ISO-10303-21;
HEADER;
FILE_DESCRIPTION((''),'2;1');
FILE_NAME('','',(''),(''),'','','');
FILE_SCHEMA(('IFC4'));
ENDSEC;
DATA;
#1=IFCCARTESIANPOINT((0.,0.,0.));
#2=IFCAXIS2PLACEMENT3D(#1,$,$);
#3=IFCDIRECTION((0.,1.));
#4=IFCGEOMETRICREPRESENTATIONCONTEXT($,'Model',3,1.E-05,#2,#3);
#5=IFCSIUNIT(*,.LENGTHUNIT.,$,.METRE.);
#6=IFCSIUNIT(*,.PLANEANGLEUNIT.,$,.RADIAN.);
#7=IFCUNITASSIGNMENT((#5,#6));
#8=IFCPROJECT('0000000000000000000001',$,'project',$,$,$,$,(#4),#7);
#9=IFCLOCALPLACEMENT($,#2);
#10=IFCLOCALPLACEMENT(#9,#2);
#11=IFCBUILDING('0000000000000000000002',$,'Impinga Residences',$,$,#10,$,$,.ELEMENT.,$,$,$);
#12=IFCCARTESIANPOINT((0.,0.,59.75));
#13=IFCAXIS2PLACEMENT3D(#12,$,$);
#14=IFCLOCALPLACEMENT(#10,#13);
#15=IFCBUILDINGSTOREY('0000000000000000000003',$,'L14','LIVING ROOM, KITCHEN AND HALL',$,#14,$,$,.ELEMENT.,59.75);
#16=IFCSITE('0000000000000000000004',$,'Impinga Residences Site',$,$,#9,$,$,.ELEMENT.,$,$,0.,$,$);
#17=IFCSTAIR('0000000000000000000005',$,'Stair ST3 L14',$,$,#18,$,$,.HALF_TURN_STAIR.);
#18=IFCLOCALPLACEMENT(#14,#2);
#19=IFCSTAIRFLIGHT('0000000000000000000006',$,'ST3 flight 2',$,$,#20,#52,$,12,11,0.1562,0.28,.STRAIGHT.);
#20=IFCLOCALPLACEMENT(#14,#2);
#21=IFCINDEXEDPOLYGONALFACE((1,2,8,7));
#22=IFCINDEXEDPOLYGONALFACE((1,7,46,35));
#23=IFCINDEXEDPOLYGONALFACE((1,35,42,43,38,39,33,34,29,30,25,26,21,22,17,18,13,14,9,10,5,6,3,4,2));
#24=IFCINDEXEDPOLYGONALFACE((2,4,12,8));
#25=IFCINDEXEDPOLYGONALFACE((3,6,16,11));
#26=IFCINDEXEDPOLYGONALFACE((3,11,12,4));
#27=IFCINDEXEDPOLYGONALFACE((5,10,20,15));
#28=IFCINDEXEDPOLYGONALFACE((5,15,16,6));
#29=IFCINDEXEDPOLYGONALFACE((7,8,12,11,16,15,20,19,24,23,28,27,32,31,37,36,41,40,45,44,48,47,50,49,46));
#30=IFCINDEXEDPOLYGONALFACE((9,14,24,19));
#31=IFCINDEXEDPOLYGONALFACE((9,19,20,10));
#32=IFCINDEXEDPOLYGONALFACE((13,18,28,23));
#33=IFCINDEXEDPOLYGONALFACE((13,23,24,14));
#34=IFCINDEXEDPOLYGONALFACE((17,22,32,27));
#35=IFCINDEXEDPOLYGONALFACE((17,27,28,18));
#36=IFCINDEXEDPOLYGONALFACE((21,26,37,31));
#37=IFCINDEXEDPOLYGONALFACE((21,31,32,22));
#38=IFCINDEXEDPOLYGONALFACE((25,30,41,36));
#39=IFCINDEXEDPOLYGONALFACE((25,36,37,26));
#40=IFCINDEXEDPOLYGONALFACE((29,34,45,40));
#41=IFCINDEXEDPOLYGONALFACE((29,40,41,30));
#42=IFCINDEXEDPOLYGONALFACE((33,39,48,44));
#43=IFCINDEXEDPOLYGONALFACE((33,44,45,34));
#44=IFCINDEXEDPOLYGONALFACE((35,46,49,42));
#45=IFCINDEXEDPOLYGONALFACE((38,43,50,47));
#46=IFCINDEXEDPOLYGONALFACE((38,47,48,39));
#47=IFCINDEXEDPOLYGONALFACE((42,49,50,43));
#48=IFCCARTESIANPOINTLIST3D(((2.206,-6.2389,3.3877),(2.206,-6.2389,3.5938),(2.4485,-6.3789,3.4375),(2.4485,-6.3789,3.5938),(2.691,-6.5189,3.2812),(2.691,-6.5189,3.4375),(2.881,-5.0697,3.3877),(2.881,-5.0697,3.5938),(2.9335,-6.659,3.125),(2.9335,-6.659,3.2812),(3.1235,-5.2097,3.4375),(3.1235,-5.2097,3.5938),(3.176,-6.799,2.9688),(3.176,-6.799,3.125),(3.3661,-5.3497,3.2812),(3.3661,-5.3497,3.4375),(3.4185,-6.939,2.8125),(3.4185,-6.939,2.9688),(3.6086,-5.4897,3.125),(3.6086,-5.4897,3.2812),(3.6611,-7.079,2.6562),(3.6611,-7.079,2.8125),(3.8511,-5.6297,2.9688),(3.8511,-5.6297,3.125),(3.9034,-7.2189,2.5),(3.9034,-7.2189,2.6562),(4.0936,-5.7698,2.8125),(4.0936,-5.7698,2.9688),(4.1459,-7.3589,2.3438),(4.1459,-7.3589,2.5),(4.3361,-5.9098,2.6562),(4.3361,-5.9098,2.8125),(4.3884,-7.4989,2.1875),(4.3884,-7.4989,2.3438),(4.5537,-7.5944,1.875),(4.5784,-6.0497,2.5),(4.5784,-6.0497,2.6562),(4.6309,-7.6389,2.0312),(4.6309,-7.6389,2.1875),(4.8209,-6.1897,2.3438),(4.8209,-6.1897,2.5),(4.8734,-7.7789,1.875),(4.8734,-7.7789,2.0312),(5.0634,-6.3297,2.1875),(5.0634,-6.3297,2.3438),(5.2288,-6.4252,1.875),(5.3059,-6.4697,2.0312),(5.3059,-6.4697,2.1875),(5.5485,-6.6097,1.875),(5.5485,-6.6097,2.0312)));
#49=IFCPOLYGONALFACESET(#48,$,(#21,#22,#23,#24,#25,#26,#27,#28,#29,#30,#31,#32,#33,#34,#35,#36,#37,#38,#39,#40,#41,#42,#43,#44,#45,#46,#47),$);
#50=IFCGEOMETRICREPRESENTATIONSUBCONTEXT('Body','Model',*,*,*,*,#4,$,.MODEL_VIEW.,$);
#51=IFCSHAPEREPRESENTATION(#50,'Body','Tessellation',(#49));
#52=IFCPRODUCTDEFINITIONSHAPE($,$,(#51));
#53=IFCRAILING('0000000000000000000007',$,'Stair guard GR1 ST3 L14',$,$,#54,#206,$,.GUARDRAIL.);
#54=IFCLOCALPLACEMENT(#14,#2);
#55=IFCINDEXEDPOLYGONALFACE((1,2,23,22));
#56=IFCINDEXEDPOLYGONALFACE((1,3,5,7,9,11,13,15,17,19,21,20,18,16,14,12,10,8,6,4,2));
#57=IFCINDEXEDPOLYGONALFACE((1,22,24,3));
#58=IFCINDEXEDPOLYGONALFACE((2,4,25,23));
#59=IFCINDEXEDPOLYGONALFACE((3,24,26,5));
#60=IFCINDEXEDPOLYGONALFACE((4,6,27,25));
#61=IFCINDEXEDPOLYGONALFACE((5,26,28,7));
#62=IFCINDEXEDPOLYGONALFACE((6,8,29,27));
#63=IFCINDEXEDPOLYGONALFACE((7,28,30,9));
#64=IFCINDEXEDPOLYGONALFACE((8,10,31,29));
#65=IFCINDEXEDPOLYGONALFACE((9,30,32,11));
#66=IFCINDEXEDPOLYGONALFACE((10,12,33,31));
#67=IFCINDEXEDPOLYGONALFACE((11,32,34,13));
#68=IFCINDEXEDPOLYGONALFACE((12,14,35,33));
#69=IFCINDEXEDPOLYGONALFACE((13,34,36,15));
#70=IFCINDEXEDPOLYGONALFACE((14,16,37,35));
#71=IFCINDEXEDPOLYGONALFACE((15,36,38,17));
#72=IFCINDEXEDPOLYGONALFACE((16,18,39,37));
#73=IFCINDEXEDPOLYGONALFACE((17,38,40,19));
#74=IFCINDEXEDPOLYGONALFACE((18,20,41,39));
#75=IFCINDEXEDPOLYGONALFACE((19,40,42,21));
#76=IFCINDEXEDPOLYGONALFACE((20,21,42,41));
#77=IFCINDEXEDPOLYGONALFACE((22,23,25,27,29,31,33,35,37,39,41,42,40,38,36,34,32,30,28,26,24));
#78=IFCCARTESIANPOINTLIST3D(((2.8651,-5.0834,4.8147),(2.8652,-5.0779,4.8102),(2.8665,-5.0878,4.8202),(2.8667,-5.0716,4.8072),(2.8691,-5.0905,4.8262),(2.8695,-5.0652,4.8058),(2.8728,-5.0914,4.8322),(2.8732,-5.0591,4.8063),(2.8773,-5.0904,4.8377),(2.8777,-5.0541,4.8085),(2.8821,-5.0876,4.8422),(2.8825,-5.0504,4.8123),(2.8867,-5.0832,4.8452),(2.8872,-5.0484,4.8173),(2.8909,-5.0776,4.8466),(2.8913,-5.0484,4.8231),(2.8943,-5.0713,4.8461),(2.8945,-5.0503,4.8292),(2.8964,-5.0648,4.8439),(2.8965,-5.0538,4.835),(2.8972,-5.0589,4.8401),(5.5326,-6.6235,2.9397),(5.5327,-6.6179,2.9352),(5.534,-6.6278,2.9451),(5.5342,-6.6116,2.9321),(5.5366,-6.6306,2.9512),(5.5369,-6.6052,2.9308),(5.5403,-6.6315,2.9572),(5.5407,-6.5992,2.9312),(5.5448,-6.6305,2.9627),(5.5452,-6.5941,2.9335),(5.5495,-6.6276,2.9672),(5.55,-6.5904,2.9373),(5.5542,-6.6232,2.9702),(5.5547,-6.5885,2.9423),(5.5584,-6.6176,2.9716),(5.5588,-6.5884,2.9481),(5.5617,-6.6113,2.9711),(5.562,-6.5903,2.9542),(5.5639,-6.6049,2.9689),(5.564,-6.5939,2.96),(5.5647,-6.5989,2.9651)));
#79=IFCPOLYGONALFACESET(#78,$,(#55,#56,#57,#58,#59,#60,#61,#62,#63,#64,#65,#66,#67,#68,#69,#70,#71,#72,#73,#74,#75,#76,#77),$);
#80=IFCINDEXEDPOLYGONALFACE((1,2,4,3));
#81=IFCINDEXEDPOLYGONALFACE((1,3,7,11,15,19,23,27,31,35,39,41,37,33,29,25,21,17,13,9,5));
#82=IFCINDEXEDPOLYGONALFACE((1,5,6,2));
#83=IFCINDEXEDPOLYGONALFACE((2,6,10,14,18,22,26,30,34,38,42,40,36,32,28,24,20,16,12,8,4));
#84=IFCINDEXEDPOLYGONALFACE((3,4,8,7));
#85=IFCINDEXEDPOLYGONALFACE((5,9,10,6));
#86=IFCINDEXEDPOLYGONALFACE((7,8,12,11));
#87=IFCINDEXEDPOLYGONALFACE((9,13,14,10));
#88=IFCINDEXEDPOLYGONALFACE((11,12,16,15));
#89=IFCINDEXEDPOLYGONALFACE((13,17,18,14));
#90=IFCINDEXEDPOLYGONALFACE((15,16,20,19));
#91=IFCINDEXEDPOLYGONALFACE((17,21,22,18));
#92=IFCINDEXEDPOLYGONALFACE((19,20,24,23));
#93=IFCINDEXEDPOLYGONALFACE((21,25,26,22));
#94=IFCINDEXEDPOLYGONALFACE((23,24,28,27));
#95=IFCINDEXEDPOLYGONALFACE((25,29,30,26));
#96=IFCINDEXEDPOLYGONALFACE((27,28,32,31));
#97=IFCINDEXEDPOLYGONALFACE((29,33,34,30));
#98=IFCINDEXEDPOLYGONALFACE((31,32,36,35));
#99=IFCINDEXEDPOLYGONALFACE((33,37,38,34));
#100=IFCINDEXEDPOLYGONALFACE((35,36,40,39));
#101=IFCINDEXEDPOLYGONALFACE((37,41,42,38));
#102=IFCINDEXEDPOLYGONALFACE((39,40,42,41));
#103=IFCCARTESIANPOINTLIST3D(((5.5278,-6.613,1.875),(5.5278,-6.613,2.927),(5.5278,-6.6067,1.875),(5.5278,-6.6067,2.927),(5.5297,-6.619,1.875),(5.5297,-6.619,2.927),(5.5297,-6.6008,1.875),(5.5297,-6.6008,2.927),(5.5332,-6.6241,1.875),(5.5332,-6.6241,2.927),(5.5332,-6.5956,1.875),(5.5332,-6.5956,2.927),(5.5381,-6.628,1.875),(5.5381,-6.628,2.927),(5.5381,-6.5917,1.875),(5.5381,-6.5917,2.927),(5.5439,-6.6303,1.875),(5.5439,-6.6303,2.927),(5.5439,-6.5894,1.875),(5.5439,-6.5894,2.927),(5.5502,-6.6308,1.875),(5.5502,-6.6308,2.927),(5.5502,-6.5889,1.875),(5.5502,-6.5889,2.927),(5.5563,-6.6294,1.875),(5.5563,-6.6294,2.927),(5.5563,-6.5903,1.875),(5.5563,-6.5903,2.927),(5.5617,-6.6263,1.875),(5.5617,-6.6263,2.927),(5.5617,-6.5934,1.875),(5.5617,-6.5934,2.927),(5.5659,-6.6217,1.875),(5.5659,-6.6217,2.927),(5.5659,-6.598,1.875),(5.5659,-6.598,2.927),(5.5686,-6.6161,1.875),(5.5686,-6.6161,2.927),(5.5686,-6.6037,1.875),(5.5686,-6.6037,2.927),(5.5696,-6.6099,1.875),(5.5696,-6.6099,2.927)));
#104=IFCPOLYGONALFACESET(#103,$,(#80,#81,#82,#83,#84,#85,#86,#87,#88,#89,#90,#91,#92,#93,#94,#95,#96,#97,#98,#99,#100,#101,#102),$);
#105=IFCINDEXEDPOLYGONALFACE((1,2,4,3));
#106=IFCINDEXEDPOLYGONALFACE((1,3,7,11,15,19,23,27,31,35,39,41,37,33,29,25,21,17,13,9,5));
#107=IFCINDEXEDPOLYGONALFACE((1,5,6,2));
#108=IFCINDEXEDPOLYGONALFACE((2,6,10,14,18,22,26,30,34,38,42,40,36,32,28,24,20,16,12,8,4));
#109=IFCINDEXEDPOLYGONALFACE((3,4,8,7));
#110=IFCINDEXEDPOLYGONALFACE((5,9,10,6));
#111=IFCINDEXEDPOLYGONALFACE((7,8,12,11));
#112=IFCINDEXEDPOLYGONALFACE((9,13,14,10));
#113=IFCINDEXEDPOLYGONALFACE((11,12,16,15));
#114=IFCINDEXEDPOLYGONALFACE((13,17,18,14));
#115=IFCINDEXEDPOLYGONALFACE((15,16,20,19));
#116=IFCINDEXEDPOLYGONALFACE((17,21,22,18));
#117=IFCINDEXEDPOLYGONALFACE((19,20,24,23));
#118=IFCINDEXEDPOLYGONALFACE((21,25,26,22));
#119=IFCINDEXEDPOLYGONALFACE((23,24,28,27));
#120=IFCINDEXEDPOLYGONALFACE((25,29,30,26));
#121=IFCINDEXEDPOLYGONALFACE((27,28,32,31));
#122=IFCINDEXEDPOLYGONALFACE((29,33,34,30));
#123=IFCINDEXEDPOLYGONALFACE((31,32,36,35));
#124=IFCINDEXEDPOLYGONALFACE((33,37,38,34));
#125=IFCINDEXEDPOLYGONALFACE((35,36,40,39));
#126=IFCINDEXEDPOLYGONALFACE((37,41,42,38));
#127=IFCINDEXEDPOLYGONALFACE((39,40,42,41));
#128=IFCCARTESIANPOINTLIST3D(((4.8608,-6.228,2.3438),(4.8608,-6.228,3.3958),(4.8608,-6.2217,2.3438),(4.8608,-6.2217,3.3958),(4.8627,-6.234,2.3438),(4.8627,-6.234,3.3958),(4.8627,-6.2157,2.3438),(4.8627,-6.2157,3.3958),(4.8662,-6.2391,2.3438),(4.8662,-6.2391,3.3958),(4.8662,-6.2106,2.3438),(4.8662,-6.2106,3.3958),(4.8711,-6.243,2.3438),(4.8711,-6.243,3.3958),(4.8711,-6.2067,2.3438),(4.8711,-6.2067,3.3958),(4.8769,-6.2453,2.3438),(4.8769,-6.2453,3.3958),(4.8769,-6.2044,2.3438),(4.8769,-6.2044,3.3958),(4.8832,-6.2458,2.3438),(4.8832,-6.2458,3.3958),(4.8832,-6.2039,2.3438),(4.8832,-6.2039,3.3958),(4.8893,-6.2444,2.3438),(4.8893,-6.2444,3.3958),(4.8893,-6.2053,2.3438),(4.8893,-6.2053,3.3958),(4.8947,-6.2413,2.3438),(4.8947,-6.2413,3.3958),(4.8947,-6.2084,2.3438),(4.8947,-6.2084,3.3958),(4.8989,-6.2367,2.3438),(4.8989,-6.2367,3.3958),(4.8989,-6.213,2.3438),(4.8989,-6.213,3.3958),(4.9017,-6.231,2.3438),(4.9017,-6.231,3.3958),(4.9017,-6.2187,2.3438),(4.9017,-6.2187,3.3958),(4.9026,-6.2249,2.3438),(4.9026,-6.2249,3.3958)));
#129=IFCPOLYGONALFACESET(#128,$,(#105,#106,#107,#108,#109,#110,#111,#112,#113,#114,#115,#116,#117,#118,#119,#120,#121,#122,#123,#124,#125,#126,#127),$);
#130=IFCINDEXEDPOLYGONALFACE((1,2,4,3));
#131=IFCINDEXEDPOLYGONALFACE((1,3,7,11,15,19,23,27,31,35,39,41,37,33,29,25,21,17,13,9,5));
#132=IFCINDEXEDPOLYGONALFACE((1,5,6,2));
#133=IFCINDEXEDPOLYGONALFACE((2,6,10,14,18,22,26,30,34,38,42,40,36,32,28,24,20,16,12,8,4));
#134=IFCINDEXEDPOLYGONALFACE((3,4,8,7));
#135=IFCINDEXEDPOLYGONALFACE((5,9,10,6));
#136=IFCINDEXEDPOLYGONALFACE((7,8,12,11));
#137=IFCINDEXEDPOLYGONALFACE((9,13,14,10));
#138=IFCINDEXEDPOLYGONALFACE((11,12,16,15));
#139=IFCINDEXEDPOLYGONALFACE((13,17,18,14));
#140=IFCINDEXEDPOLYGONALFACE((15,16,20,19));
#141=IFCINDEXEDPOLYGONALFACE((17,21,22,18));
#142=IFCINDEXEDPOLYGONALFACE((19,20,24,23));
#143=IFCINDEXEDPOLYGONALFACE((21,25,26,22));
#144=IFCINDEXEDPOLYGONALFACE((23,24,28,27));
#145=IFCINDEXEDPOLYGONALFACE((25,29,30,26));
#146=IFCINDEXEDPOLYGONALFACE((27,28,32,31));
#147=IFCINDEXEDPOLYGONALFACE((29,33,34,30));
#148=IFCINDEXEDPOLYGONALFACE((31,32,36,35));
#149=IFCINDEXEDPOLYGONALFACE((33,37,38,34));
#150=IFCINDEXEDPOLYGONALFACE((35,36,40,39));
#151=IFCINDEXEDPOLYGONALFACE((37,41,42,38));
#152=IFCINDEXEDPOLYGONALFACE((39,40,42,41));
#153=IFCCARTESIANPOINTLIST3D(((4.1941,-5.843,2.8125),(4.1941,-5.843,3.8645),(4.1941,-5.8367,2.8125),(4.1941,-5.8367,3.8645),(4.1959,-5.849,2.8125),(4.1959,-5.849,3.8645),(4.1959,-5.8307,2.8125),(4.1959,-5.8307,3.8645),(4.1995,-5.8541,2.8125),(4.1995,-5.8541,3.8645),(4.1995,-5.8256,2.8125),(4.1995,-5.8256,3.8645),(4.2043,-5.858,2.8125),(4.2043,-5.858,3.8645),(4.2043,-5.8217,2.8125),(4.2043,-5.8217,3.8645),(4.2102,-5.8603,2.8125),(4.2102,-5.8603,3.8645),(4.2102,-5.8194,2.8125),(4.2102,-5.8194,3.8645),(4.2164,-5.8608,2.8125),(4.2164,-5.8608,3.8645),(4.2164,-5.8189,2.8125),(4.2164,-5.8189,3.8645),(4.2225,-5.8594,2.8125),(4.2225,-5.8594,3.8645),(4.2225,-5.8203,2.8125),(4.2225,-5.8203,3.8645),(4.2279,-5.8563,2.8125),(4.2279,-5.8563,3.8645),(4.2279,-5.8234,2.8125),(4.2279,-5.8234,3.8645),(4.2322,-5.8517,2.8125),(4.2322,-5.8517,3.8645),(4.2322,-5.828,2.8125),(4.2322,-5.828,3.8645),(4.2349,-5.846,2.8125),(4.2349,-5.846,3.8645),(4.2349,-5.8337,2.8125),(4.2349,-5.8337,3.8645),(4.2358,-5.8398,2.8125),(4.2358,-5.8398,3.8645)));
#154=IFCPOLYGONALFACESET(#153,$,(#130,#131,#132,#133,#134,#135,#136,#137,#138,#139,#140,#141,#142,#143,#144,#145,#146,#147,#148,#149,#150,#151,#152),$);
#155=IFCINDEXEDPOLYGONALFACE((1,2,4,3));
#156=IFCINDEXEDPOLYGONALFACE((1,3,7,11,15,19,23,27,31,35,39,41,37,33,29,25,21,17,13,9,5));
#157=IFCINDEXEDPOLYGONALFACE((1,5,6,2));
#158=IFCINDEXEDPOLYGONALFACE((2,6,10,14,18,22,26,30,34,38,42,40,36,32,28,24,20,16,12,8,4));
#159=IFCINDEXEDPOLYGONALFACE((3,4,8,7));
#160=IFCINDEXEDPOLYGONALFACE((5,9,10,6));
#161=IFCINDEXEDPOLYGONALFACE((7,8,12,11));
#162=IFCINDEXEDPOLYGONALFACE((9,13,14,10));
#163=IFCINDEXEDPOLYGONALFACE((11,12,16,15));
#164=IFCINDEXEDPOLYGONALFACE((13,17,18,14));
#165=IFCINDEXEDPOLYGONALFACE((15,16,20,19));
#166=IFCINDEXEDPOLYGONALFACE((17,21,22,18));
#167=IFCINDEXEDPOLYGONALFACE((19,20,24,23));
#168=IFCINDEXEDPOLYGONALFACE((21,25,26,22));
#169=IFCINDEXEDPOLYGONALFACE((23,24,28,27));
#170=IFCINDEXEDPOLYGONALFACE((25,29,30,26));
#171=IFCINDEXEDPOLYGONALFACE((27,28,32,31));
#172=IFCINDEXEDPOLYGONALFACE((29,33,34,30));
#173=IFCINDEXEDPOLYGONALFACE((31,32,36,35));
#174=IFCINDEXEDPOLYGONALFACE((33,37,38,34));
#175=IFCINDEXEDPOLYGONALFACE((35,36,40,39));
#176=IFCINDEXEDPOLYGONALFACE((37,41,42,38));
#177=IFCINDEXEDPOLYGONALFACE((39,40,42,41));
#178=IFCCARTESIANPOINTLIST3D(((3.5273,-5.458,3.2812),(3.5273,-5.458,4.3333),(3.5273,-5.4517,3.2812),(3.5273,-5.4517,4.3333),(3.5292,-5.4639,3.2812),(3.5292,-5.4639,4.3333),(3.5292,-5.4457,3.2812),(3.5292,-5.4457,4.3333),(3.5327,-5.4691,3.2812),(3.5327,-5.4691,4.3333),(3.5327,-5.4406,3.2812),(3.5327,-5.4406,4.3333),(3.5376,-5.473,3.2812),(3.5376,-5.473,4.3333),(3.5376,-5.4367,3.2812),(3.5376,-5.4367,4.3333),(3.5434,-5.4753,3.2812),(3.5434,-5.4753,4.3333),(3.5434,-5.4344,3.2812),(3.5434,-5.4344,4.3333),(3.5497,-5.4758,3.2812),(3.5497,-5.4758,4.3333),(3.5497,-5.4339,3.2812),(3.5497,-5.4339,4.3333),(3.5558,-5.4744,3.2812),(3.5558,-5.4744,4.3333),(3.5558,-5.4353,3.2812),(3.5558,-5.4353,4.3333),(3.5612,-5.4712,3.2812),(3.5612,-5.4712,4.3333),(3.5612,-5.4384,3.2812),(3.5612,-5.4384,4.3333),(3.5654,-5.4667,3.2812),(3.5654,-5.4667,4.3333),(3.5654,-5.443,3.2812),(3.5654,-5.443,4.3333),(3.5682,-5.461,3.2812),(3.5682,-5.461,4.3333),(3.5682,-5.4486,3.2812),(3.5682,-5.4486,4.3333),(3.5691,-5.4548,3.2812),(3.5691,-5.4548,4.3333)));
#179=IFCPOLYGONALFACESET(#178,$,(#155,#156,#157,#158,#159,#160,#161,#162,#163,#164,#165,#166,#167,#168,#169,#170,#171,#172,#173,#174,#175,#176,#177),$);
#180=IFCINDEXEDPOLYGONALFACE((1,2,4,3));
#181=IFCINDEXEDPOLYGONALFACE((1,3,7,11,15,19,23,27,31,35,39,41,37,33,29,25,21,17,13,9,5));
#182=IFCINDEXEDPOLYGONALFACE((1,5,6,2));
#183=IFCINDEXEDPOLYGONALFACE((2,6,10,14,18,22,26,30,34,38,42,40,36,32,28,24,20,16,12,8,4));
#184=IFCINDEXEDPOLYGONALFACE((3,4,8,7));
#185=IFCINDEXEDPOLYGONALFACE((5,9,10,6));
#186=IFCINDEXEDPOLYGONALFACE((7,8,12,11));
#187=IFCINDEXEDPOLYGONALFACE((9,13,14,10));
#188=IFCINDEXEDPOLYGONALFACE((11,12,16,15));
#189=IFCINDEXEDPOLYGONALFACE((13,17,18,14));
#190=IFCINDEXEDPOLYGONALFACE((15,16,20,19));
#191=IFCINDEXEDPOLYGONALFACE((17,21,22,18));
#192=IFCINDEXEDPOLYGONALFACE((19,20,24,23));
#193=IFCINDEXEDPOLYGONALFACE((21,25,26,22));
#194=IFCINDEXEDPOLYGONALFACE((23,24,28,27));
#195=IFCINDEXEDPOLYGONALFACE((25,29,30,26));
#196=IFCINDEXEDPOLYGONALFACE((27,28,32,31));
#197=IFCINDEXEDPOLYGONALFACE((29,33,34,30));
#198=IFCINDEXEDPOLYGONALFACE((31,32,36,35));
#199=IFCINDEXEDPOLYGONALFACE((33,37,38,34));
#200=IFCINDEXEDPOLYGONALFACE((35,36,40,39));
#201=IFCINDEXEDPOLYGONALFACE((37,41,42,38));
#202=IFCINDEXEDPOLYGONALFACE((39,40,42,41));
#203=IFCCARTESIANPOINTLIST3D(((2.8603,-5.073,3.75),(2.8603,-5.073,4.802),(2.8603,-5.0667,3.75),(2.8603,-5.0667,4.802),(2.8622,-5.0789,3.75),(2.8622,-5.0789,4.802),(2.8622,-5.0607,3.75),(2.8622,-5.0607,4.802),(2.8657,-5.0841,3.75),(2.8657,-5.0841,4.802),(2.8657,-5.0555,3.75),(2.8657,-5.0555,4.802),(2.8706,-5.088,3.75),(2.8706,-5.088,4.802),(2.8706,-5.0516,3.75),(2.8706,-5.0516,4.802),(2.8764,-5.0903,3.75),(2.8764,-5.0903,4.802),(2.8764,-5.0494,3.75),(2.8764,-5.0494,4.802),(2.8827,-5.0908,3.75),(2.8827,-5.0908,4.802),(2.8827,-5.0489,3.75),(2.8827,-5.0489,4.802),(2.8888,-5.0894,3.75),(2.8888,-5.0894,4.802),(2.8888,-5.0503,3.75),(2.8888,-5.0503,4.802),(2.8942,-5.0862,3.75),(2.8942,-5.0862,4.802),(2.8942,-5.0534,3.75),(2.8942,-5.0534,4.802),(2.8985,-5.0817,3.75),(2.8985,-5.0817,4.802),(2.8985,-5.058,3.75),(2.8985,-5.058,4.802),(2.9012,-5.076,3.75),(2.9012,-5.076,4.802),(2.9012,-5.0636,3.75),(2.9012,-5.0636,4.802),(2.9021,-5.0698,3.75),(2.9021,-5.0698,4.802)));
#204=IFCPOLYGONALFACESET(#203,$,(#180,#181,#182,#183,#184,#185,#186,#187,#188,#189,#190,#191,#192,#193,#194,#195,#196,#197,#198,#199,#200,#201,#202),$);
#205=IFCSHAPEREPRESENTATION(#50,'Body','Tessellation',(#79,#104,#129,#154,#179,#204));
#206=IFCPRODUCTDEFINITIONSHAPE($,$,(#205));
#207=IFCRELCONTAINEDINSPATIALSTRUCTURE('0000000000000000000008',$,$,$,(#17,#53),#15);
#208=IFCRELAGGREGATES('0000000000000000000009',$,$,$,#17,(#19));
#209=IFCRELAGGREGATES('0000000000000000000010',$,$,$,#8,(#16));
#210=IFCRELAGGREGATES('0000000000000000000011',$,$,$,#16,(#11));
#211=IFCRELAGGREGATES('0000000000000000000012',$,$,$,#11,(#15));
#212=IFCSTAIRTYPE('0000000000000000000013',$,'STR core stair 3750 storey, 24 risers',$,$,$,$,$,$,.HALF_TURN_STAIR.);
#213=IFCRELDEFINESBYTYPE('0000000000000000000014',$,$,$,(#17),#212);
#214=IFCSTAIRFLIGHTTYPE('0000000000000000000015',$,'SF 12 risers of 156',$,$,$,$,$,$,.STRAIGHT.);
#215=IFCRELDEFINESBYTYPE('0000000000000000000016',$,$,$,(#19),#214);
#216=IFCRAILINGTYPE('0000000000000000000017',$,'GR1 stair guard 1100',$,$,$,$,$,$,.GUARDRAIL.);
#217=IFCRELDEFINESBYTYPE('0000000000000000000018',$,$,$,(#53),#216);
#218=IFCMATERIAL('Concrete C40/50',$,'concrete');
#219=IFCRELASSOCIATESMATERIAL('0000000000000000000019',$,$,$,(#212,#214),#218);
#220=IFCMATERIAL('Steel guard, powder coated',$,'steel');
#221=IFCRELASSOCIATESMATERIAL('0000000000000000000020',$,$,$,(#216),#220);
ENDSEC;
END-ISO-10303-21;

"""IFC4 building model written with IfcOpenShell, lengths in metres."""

from ifc_helpers import new_model, si_unit, direction, frame, origin, origin_2d, place, context, subcontext, project, spatial, polyline, circle, outline, extrude, material, type_object, element, aggregate, save


model = new_model("IFC4")

# Units and contexts
model_context = context("Model", 3, precision=1e-05, world=origin(), true_north=direction((0.0, 1.0)))
body_context = subcontext(model_context, "Body", "Model", "MODEL_VIEW")
ifc_project = project(units=[si_unit("LENGTHUNIT", "METRE"), si_unit("PLANEANGLEUNIT", "RADIAN")], contexts=[model_context])

# Site, building, storey
site_placement = place(None, origin())
site = spatial("IfcSite", under=ifc_project, at=site_placement, Name="Impinga Residences Site", CompositionType="ELEMENT", RefElevation=0.0)
building_placement = place(site_placement, origin())
building = spatial("IfcBuilding", under=site, at=building_placement, Name="Impinga Residences", CompositionType="ELEMENT")
storey_placement = place(building_placement, frame((0.0, 0.0, 59.75)))
storey = spatial("IfcBuildingStorey", under=building, at=storey_placement, Name="L14", Description="LIVING ROOM, KITCHEN AND HALL", CompositionType="ELEMENT", Elevation=59.75)

# Stair, stair flight
ifc_material_1 = material(Name="Concrete C40/50", Category="concrete")
stair_type = type_object("IfcStairType", Name="STR core stair 3750 storey, 24 risers", PredefinedType="HALF_TURN_STAIR", material=ifc_material_1)
stair_placement = place(storey_placement, origin())
stair = element("IfcStair", 1, at=stair_placement, inside=storey, type_object=stair_type, Name="Stair ST3 L14", PredefinedType="HALF_TURN_STAIR")
stair_flight_type = type_object("IfcStairFlightType", Name="SF 12 risers of 156", PredefinedType="STRAIGHT", material=ifc_material_1)
stair_flight_placement = place(storey_placement, frame((5.2109, -7.1943, 1.875), z_axis=(0.0, 0.0, 1.0), x_axis=(-0.866025, 0.5, 0.0)))
stair_flight = element("IfcStairFlight", 2, at=stair_flight_placement, type_object=stair_flight_type, Name="ST3 flight 2", NumberOfRisers=12, NumberOfTreads=11, PredefinedType="STRAIGHT", RiserHeight=0.1562, TreadLength=0.28, context=body_context, shape_type="SweptSolid", body=[
    extrude(outline(polyline([(0.0, 0.0), (0.0, 0.1562), (0.28, 0.1562), (0.28, 0.3125), (0.5601, 0.3125), (0.5601, 0.4688), (0.8401, 0.4688), (0.8401, 0.625), (1.1201, 0.625), (1.1201, 0.7812), (1.3999, 0.7812), (1.3999, 0.9375), (1.6799, 0.9375), (1.6799, 1.0938), (1.96, 1.0938), (1.96, 1.25), (2.24, 1.25), (2.24, 1.4062), (2.52, 1.4062), (2.52, 1.5625), (2.8, 1.5625), (2.8, 1.7188), (3.0801, 1.7188), (3.0801, 1.875), (3.0801, 1.5127), (0.3691, 0.0), (0.0, 0.0)])), frame((0.0, 0.675, 0.0), z_axis=(0.0, -1.0, 0.0), x_axis=(1.0, 0.0, 0.0)), (0.0, 0.0, 1.0), 1.3501),
])
aggregate(stair, [stair_flight])

# Railing
ifc_material_2 = material(Name="Steel guard, powder coated", Category="steel")
railing_type_1 = type_object("IfcRailingType", Name="GR1 stair guard 1100", PredefinedType="GUARDRAIL", material=ifc_material_2)
railing_1_placement = place(storey_placement, frame((5.5486, -6.6099, 1.875)))
element("IfcRailing", 3, at=railing_1_placement, inside=storey, type_object=railing_type_1, Name="Stair guard GR1 ST3 L14", PredefinedType="GUARDRAIL", context=body_context, shape_type="SweptSolid", body=[
    extrude(circle(Radius=0.0239, at=origin_2d()), frame((0.0, 0.0, 1.0762), z_axis=(-0.739746, 0.427084, 0.519975), x_axis=(-0.499992, -0.86603, 0.0)), (0.0, 0.0, 1.0), 3.606),
    extrude(circle(Radius=0.021, at=origin_2d()), origin(), (0.0, 0.0, 1.0), 1.052),
    extrude(circle(Radius=0.021, at=origin_2d()), frame((-0.667, 0.385, 0.4688)), (0.0, 0.0, 1.0), 1.052),
    extrude(circle(Radius=0.021, at=origin_2d()), frame((-1.3337, 0.77, 0.9375)), (0.0, 0.0, 1.0), 1.052),
    extrude(circle(Radius=0.021, at=origin_2d()), frame((-2.0005, 1.155, 1.4062)), (0.0, 0.0, 1.0), 1.052),
    extrude(circle(Radius=0.021, at=origin_2d()), frame((-2.6675, 1.54, 1.875)), (0.0, 0.0, 1.0), 1.052),
])

save(model, "model.ifc")
